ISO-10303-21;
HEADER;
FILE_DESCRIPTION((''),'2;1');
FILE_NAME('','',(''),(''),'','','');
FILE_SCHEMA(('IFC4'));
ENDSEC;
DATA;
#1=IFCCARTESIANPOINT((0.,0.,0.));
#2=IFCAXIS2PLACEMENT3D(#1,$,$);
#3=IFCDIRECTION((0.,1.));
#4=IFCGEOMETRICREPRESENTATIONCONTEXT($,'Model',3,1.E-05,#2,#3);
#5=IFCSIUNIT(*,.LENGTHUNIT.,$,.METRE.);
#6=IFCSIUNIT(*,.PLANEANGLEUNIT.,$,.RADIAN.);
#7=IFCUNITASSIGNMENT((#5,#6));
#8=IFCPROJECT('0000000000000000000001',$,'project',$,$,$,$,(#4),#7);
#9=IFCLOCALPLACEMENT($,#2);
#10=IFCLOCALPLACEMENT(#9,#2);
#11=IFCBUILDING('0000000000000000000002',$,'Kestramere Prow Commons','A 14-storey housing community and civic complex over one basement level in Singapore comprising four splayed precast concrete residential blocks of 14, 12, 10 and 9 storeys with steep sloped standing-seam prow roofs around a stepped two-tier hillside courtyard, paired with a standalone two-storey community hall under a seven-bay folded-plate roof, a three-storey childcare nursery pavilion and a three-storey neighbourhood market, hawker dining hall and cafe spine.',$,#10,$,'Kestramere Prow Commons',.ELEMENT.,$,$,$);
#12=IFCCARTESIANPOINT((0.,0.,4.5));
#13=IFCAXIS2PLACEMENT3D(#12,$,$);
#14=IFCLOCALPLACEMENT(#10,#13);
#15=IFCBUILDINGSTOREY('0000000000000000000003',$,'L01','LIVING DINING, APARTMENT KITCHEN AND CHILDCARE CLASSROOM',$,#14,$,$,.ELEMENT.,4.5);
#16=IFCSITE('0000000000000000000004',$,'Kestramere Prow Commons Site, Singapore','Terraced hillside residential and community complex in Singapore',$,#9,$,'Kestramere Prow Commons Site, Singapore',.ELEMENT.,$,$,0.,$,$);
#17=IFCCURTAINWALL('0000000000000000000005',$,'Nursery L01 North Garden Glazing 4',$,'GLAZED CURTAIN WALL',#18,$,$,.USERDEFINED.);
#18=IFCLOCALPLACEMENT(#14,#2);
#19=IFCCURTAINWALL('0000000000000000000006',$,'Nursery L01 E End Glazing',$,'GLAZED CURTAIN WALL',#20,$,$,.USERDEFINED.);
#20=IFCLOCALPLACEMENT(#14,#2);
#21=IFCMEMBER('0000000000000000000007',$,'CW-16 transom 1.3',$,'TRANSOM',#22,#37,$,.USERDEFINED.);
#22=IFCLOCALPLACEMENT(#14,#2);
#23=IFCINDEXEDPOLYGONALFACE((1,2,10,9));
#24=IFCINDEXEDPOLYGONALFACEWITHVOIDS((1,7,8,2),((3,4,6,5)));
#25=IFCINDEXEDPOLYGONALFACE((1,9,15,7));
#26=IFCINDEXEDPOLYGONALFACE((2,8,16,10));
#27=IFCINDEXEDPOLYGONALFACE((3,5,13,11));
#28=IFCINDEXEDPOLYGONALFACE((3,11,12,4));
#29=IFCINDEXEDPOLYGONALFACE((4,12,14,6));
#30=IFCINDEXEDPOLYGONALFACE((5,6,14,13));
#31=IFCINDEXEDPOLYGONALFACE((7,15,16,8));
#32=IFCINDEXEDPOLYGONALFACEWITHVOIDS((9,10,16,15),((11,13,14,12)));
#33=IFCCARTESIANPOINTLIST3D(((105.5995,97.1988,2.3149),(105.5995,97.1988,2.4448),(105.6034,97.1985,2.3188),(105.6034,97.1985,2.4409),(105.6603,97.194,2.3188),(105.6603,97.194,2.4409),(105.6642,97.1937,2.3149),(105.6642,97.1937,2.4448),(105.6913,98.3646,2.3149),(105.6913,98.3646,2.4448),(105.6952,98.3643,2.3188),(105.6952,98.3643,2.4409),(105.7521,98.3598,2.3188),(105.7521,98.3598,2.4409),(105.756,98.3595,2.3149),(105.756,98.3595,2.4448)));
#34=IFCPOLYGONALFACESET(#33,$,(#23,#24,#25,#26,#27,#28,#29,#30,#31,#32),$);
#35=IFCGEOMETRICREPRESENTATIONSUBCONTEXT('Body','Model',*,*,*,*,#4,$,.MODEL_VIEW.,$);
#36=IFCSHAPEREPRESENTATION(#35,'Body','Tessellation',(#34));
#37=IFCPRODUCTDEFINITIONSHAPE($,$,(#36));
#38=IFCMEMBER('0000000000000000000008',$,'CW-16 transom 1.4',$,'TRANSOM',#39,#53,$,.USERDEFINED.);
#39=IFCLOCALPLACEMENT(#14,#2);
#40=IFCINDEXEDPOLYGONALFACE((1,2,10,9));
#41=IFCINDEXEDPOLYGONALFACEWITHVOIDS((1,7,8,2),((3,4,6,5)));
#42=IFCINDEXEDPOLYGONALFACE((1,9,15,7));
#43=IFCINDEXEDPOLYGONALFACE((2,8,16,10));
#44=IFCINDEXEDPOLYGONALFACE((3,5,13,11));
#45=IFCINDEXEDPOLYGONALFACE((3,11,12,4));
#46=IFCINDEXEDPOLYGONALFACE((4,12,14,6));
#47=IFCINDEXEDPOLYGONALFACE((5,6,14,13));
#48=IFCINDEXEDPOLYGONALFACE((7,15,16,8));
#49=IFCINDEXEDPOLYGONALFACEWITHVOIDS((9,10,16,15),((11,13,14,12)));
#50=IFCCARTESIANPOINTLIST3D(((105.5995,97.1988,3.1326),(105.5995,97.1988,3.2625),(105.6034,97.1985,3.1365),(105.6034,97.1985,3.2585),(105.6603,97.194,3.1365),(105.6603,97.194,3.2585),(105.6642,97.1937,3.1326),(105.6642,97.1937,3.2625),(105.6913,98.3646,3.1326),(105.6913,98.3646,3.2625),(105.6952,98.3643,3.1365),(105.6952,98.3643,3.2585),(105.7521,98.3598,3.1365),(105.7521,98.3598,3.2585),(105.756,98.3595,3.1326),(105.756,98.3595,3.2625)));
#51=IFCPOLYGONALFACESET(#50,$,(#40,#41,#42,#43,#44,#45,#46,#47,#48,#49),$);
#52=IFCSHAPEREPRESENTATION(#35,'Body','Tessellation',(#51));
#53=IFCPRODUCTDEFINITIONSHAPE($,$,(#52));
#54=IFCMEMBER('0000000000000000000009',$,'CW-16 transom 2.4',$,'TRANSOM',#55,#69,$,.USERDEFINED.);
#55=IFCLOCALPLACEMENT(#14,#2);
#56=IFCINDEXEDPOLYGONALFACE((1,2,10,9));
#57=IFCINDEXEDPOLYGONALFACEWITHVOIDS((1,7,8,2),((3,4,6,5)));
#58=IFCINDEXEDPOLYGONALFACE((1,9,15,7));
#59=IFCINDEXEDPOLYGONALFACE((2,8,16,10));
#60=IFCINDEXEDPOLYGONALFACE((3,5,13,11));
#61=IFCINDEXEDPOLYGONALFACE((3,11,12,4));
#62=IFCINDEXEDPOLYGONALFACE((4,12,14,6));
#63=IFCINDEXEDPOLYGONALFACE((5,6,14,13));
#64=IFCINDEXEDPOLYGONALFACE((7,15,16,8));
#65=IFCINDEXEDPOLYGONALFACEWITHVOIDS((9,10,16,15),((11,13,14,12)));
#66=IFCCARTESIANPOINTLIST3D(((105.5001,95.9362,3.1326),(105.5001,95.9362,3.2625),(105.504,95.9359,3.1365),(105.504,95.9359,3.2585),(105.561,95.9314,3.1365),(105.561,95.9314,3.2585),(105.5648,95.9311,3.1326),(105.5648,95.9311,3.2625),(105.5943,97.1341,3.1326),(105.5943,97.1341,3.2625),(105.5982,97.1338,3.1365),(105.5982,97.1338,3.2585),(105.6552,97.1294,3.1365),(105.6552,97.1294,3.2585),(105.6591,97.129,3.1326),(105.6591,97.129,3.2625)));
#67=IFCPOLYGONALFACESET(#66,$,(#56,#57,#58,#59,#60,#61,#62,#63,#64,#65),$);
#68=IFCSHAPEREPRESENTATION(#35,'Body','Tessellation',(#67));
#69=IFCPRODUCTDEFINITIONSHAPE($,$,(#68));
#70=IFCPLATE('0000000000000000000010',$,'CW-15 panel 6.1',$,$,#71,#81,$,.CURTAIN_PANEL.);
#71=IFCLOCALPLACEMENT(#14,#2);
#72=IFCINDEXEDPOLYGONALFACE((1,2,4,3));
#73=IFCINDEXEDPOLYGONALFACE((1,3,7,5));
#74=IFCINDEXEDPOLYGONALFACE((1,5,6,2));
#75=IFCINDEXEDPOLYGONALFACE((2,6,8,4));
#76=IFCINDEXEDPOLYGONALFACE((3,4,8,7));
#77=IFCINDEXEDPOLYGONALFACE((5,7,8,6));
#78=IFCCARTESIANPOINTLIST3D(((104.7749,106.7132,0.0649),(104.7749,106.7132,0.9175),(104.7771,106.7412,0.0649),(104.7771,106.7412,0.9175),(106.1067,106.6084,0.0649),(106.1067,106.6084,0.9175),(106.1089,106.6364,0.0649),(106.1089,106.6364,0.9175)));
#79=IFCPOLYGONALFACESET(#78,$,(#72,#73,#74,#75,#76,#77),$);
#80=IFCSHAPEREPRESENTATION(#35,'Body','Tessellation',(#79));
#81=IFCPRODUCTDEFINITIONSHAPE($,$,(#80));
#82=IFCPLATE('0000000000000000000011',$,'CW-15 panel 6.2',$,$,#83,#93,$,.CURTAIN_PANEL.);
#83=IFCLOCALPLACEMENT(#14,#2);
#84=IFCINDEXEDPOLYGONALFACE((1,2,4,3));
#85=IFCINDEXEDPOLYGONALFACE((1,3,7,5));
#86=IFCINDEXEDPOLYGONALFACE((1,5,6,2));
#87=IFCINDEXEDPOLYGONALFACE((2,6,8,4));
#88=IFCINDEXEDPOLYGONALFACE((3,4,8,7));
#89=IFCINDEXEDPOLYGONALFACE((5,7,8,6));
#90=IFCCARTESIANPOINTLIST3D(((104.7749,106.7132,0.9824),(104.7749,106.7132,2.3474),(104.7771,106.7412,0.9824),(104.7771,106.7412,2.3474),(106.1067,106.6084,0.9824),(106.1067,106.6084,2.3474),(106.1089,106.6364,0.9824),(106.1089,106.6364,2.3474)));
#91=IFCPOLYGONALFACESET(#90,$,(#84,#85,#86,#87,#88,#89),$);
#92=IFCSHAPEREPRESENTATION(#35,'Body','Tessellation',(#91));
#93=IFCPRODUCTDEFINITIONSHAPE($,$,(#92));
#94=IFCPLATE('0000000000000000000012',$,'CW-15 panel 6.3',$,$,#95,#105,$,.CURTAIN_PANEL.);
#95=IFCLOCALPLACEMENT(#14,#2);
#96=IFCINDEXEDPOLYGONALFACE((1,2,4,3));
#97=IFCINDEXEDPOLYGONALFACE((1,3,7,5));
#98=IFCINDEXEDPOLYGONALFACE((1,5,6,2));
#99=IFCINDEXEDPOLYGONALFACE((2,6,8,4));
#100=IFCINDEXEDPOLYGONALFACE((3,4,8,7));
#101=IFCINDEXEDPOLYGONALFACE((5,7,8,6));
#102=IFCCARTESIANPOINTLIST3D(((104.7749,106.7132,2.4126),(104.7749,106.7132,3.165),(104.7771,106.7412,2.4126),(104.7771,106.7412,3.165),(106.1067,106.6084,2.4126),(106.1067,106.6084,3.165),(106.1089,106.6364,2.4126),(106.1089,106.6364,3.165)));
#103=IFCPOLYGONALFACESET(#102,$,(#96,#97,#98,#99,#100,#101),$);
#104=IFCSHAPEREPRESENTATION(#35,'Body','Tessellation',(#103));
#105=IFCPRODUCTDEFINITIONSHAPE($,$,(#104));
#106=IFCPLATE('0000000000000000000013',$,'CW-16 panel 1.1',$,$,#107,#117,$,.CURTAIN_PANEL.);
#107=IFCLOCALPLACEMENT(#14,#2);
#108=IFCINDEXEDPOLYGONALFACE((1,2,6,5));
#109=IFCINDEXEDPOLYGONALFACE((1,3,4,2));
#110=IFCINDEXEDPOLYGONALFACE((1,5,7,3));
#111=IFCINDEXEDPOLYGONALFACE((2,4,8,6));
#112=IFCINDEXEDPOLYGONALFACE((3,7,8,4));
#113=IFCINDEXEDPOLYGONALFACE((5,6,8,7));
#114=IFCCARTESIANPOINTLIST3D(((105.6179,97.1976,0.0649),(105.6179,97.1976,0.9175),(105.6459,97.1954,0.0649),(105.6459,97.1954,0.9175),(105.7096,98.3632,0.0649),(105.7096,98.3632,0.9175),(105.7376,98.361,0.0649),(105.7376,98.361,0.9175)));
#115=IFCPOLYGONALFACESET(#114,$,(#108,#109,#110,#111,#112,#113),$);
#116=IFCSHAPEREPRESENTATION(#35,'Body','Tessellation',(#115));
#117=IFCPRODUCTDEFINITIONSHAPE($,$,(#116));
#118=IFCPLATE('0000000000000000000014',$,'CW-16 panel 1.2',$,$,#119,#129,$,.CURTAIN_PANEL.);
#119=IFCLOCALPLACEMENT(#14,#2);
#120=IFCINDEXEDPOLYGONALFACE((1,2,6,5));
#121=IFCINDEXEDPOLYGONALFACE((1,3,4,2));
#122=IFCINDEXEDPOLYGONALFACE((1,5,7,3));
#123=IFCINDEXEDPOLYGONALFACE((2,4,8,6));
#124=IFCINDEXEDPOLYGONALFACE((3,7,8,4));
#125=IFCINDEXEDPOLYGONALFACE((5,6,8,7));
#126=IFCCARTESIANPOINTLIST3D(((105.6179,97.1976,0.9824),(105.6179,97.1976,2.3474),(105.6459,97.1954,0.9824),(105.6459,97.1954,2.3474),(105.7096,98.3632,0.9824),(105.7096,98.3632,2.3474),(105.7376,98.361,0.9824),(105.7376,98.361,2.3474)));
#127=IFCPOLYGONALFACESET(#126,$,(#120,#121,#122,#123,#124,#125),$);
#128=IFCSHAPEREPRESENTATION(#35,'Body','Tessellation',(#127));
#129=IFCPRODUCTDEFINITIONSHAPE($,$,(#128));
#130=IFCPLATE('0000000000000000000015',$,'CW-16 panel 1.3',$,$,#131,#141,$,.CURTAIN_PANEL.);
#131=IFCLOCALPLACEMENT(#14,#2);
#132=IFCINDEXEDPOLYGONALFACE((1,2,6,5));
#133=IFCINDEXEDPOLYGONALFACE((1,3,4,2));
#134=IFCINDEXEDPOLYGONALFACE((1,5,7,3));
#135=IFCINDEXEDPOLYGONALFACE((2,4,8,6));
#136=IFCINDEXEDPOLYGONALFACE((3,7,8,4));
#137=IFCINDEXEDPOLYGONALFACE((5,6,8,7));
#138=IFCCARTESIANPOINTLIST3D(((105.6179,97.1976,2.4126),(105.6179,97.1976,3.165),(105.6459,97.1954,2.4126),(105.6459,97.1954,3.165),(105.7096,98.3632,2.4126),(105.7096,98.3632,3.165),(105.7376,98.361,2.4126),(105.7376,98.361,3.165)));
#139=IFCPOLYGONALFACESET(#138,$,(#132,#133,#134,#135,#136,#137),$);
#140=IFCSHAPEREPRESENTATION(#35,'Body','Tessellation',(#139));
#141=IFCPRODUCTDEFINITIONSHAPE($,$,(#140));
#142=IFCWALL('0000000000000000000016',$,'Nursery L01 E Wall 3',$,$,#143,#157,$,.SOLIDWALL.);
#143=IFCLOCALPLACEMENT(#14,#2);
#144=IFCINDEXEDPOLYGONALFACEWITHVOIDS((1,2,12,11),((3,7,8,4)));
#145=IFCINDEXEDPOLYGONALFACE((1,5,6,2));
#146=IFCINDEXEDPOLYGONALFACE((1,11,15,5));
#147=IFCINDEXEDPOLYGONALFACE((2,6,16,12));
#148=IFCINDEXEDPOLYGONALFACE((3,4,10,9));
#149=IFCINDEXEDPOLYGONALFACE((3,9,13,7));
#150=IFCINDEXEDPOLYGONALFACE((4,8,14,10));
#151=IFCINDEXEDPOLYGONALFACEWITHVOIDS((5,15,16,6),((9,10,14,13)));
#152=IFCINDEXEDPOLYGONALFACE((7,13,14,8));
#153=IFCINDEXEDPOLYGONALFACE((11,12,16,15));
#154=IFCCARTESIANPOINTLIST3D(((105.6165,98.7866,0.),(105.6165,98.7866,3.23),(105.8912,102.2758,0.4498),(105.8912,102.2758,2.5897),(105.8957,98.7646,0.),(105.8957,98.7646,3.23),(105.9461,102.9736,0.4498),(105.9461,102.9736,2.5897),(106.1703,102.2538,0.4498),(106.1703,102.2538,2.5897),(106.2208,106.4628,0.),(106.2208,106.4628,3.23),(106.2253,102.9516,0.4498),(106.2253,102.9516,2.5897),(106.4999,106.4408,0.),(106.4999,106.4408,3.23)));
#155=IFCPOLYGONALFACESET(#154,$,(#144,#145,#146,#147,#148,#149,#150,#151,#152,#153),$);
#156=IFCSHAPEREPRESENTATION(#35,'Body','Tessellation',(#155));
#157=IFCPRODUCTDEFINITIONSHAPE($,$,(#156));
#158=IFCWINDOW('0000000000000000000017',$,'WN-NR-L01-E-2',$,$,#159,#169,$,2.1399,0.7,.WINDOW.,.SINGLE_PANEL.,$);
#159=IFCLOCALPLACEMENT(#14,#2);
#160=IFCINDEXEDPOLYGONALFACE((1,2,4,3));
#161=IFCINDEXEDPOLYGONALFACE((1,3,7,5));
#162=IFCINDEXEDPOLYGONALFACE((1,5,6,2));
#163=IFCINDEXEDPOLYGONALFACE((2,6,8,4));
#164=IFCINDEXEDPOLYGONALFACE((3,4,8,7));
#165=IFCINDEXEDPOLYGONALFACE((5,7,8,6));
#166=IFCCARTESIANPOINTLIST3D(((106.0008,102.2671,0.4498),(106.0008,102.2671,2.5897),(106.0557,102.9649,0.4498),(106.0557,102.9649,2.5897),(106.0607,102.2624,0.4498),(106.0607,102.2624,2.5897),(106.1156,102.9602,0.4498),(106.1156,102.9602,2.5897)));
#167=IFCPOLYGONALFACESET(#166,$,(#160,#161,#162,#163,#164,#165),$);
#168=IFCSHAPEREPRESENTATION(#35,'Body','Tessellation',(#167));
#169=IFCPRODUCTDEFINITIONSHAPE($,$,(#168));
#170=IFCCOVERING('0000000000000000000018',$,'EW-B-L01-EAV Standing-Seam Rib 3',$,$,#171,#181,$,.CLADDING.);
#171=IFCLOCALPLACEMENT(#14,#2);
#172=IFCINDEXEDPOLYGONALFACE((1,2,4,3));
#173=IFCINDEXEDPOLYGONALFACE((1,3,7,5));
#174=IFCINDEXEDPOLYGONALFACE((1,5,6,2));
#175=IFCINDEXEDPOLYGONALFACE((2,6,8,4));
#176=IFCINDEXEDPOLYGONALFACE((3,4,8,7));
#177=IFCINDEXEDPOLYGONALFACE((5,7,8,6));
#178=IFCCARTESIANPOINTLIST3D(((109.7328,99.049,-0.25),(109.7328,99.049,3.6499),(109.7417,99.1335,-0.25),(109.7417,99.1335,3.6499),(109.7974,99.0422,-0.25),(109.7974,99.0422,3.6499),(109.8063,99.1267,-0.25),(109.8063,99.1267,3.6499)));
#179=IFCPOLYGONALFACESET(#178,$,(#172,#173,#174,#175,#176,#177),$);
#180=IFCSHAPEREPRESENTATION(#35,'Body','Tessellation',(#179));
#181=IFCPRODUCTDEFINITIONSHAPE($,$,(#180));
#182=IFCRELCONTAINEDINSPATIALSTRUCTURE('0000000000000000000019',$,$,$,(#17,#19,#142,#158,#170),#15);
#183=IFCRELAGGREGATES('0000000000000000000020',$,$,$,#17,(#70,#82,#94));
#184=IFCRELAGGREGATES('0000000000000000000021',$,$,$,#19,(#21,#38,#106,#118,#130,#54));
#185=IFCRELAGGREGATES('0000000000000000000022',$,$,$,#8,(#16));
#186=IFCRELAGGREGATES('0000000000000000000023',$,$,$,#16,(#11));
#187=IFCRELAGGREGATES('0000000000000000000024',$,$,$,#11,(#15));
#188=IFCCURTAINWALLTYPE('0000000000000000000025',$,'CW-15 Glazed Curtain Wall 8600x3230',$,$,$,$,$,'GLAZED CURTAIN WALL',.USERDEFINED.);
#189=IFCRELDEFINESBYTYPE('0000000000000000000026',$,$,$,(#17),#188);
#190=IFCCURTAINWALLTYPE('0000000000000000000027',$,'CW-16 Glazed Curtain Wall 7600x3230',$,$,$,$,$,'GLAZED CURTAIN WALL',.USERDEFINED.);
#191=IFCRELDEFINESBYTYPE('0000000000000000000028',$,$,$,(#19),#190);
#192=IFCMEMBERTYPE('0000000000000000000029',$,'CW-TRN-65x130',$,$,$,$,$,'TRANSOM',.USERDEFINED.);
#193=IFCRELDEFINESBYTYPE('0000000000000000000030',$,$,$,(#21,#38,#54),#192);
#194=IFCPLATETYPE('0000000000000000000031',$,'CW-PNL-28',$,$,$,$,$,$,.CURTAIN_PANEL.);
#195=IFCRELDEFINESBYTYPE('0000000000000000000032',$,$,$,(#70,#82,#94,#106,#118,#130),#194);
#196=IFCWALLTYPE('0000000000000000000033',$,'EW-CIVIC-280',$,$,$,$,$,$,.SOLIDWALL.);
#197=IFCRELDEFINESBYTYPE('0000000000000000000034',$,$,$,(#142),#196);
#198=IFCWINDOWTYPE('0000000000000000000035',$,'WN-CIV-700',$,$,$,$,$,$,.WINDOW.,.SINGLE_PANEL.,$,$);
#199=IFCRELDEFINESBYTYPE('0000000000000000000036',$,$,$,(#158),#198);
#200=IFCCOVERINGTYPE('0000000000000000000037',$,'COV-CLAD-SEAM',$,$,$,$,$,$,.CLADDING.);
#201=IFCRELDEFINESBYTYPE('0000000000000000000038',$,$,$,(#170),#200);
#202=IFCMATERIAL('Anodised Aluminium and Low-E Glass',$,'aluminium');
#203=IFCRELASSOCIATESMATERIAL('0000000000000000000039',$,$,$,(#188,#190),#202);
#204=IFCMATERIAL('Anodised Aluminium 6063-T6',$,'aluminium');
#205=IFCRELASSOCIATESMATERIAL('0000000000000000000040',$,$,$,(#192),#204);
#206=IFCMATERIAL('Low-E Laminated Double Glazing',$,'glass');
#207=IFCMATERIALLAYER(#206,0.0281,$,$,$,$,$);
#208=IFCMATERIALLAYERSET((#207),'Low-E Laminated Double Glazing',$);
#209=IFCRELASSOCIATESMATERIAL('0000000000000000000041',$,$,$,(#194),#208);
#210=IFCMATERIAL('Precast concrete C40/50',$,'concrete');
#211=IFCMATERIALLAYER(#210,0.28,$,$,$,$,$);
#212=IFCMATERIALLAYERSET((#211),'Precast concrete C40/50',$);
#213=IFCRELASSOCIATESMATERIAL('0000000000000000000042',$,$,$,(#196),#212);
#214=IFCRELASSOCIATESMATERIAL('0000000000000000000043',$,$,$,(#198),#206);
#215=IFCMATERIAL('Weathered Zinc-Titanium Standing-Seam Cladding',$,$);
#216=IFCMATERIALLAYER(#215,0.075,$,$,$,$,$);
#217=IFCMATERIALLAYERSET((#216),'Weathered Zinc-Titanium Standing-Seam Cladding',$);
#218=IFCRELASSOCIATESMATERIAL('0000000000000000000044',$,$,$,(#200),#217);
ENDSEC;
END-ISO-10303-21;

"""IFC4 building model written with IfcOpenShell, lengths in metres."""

from ifc_helpers import new_model, si_unit, direction, frame, frame_2d, origin, origin_2d, place, context, subcontext, project, spatial, rectangle, hollow_rectangle, extrude, material, layer, layer_set, material_profile, profile_set, type_object, element, fill, aggregate, save


model = new_model("IFC4")

# Units and contexts
model_context = context("Model", 3, precision=1e-05, world=origin(), true_north=direction((0.0, 1.0)))
body_context = subcontext(model_context, "Body", "Model", "MODEL_VIEW")
ifc_project = project(units=[si_unit("LENGTHUNIT", "METRE"), si_unit("PLANEANGLEUNIT", "RADIAN")], contexts=[model_context])

# Site, building, storey
site_placement = place(None, origin())
site = spatial("IfcSite", under=ifc_project, at=site_placement, Name="Kestramere Prow Commons Site, Singapore", Description="Terraced hillside residential and community complex in Singapore", LongName="Kestramere Prow Commons Site, Singapore", CompositionType="ELEMENT", RefElevation=0.0)
building_placement = place(site_placement, origin())
building = spatial("IfcBuilding", under=site, at=building_placement, Name="Kestramere Prow Commons", Description="A 14-storey housing community and civic complex over one basement level in Singapore comprising four splayed precast concrete residential blocks of 14, 12, 10 and 9 storeys with steep sloped standing-seam prow roofs around a stepped two-tier hillside courtyard, paired with a standalone two-storey community hall under a seven-bay folded-plate roof, a three-storey childcare nursery pavilion and a three-storey neighbourhood market, hawker dining hall and cafe spine.", LongName="Kestramere Prow Commons", CompositionType="ELEMENT")
storey_placement = place(building_placement, frame((0.0, 0.0, 4.5)))
storey = spatial("IfcBuildingStorey", under=building, at=storey_placement, Name="L01", Description="LIVING DINING, APARTMENT KITCHEN AND CHILDCARE CLASSROOM", CompositionType="ELEMENT", Elevation=4.5)

# Curtain wall
ifc_material_1 = material(Name="Anodised Aluminium and Low-E Glass", Category="aluminium")
curtain_wall_type_1 = type_object("IfcCurtainWallType", Name="CW-15 Glazed Curtain Wall 8600x3230", ElementType="GLAZED CURTAIN WALL", PredefinedType="USERDEFINED", material=ifc_material_1)
curtain_wall_1_placement = place(storey_placement, origin())
curtain_wall_1 = element("IfcCurtainWall", 1, at=curtain_wall_1_placement, inside=storey, type_object=curtain_wall_type_1, Name="Nursery L01 North Garden Glazing 4", ObjectType="GLAZED CURTAIN WALL", PredefinedType="USERDEFINED")
ifc_material_2 = material(Name="Anodised Aluminium 6063-T6", Category="aluminium")

# Curtain wall
curtain_wall_type_2 = type_object("IfcCurtainWallType", Name="CW-16 Glazed Curtain Wall 7600x3230", ElementType="GLAZED CURTAIN WALL", PredefinedType="USERDEFINED", material=ifc_material_1)
curtain_wall_2_placement = place(storey_placement, origin())
curtain_wall_2 = element("IfcCurtainWall", 2, at=curtain_wall_2_placement, inside=storey, type_object=curtain_wall_type_2, Name="Nursery L01 E End Glazing", ObjectType="GLAZED CURTAIN WALL", PredefinedType="USERDEFINED")

# Members
ifc_material_profile_1 = material_profile(ifc_material_2, hollow_rectangle(XDim=0.0649, YDim=0.1299, WallThickness=0.0039, at=origin_2d()), Name="ALU-TRN 65x130")
ifc_profile_set_1 = profile_set([ifc_material_profile_1], Name="Anodised Aluminium 6063-T6")
member_type_1 = type_object("IfcMemberType", Name="CW-TRN-65x130", ElementType="TRANSOM", PredefinedType="USERDEFINED", material=ifc_profile_set_1)
member_1_placement = place(storey_placement, frame((105.7236, 98.3621, 2.3799), z_axis=(-0.0785, -0.996914, 0.0), x_axis=(0.996914, -0.0785, 0.0)))
member_1 = element("IfcMember", 3, at=member_1_placement, type_object=member_type_1, Name="CW-16 transom 1.3", ObjectType="TRANSOM", PredefinedType="USERDEFINED", context=body_context, shape_type="SweptSolid", body=[
    extrude(hollow_rectangle(XDim=0.0649, YDim=0.1299, WallThickness=0.0039, at=origin_2d()), origin(), (0.0, 0.0, 1.0), 1.1694),
])
member_2_placement = place(storey_placement, frame((105.7236, 98.3621, 3.1975), z_axis=(-0.0785, -0.996914, 0.0), x_axis=(0.996914, -0.0785, 0.0)))
member_2 = element("IfcMember", 4, at=member_2_placement, type_object=member_type_1, Name="CW-16 transom 1.4", ObjectType="TRANSOM", PredefinedType="USERDEFINED", context=body_context, shape_type="SweptSolid", body=[
    extrude(hollow_rectangle(XDim=0.0649, YDim=0.1299, WallThickness=0.0039, at=origin_2d()), origin(), (0.0, 0.0, 1.0), 1.1694),
])
member_3_placement = place(storey_placement, frame((105.6267, 97.1316, 3.1975), z_axis=(-0.078421, -0.99692, 0.0), x_axis=(0.99692, -0.078421, 0.0)))
member_3 = element("IfcMember", 5, at=member_3_placement, type_object=member_type_1, Name="CW-16 transom 2.4", ObjectType="TRANSOM", PredefinedType="USERDEFINED", context=body_context, shape_type="SweptSolid", body=[
    extrude(hollow_rectangle(XDim=0.0649, YDim=0.1299, WallThickness=0.0039, at=origin_2d()), origin(), (0.0, 0.0, 1.0), 1.2017),
])

# Plates
ifc_material_3 = material(Name="Low-E Laminated Double Glazing", Category="glass")
ifc_layer_1 = layer(ifc_material_3, 0.0281)
ifc_layer_set_1 = layer_set([ifc_layer_1], Name="Low-E Laminated Double Glazing")
plate_type = type_object("IfcPlateType", Name="CW-PNL-28", PredefinedType="CURTAIN_PANEL", material=ifc_layer_set_1)
plate_1_placement = place(storey_placement, frame((105.4419, 106.6748, 0.0649), z_axis=(0.0, 0.0, 1.0), x_axis=(0.996917, -0.078459, 0.0)))
plate_1 = element("IfcPlate", 6, at=plate_1_placement, type_object=plate_type, Name="CW-15 panel 6.1", PredefinedType="CURTAIN_PANEL", context=body_context, shape_type="SweptSolid", body=[
    extrude(rectangle(XDim=1.3359, YDim=0.0281, at=origin_2d()), origin(), (0.0, 0.0, 1.0), 0.8525),
])
plate_2_placement = place(storey_placement, frame((105.4419, 106.6748, 0.9824), z_axis=(0.0, 0.0, 1.0), x_axis=(0.996917, -0.078459, 0.0)))
plate_2 = element("IfcPlate", 7, at=plate_2_placement, type_object=plate_type, Name="CW-15 panel 6.2", PredefinedType="CURTAIN_PANEL", context=body_context, shape_type="SweptSolid", body=[
    extrude(rectangle(XDim=1.3359, YDim=0.0281, at=origin_2d()), origin(), (0.0, 0.0, 1.0), 1.365),
])
plate_3_placement = place(storey_placement, frame((105.4419, 106.6748, 2.4126), z_axis=(0.0, 0.0, 1.0), x_axis=(0.996917, -0.078459, 0.0)))
plate_3 = element("IfcPlate", 8, at=plate_3_placement, type_object=plate_type, Name="CW-15 panel 6.3", PredefinedType="CURTAIN_PANEL", context=body_context, shape_type="SweptSolid", body=[
    extrude(rectangle(XDim=1.3359, YDim=0.0281, at=origin_2d()), origin(), (0.0, 0.0, 1.0), 0.7524),
])
aggregate(curtain_wall_1, [plate_1, plate_2, plate_3])
plate_4_placement = place(storey_placement, frame((105.6777, 97.7793, 0.0649), z_axis=(0.0, 0.0, 1.0), x_axis=(-0.078459, -0.996917, 0.0)))
plate_4 = element("IfcPlate", 9, at=plate_4_placement, type_object=plate_type, Name="CW-16 panel 1.1", PredefinedType="CURTAIN_PANEL", context=body_context, shape_type="SweptSolid", body=[
    extrude(rectangle(XDim=1.1692, YDim=0.0281, at=origin_2d()), origin(), (0.0, 0.0, 1.0), 0.8525),
])
plate_5_placement = place(storey_placement, frame((105.6777, 97.7793, 0.9824), z_axis=(0.0, 0.0, 1.0), x_axis=(-0.078459, -0.996917, 0.0)))
plate_5 = element("IfcPlate", 10, at=plate_5_placement, type_object=plate_type, Name="CW-16 panel 1.2", PredefinedType="CURTAIN_PANEL", context=body_context, shape_type="SweptSolid", body=[
    extrude(rectangle(XDim=1.1692, YDim=0.0281, at=origin_2d()), origin(), (0.0, 0.0, 1.0), 1.365),
])
plate_6_placement = place(storey_placement, frame((105.6777, 97.7793, 2.4126), z_axis=(0.0, 0.0, 1.0), x_axis=(-0.078459, -0.996917, 0.0)))
plate_6 = element("IfcPlate", 11, at=plate_6_placement, type_object=plate_type, Name="CW-16 panel 1.3", PredefinedType="CURTAIN_PANEL", context=body_context, shape_type="SweptSolid", body=[
    extrude(rectangle(XDim=1.1692, YDim=0.0281, at=origin_2d()), origin(), (0.0, 0.0, 1.0), 0.7524),
])
aggregate(curtain_wall_2, [member_1, member_2, plate_4, plate_5, plate_6, member_3])

# Wall, opening, window
ifc_material_4 = material(Name="Precast concrete C40/50", Category="concrete")
ifc_layer_2 = layer(ifc_material_4, 0.28)
ifc_layer_set_2 = layer_set([ifc_layer_2], Name="Precast concrete C40/50")
wall_type = type_object("IfcWallType", Name="EW-CIVIC-280", PredefinedType="SOLIDWALL", material=ifc_layer_set_2)
wall_placement = place(storey_placement, frame((106.3604, 106.4519, 0.0), z_axis=(0.0, 0.0, 1.0), x_axis=(-0.078474, -0.996916, 0.0)))
wall = element("IfcWall", 12, at=wall_placement, inside=storey, type_object=wall_type, Name="Nursery L01 E Wall 3", PredefinedType="SOLIDWALL", context=body_context, shape_type="SweptSolid", body=[
    extrude(rectangle(XDim=7.7, YDim=0.28, at=frame_2d((3.8501, 0.0))), origin(), (0.0, 0.0, 1.0), 3.23),
])
opening_placement = place(wall_placement, frame((3.5, 0.0, 0.45)))
opening = element("IfcOpeningElement", 13, at=opening_placement, cuts=wall, PredefinedType="OPENING", context=body_context, shape_type="SweptSolid", body=[
    extrude(rectangle(XDim=0.7, YDim=2.1399, at=frame_2d((0.3501, 1.0698))), frame((0.0, 0.155, 0.0), z_axis=(0.0, -1.0, 0.0), x_axis=(1.0, 0.0, 0.0)), (0.0, 0.0, 1.0), 0.3101),
])
window_type = type_object("IfcWindowType", Name="WN-CIV-700", PartitioningType="SINGLE_PANEL", PredefinedType="WINDOW", material=ifc_material_3)
window_placement = place(opening_placement, origin())
window = element("IfcWindow", 14, at=window_placement, inside=storey, type_object=window_type, Name="WN-NR-L01-E-2", OverallHeight=2.1399, OverallWidth=0.7, PartitioningType="SINGLE_PANEL", PredefinedType="WINDOW", context=body_context, shape_type="SweptSolid", body=[
    extrude(rectangle(XDim=0.7, YDim=2.1399, at=frame_2d((0.3501, 1.0698))), frame((0.0, 0.03, 0.0), z_axis=(0.0, -1.0, 0.0), x_axis=(1.0, 0.0, 0.0)), (0.0, 0.0, 1.0), 0.0601),
])
fill(opening, window)

# Covering
ifc_material_5 = material(Name="Weathered Zinc-Titanium Standing-Seam Cladding")
ifc_layer_3 = layer(ifc_material_5, 0.075)
ifc_layer_set_3 = layer_set([ifc_layer_3], Name="Weathered Zinc-Titanium Standing-Seam Cladding")
covering_type = type_object("IfcCoveringType", Name="COV-CLAD-SEAM", PredefinedType="CLADDING", material=ifc_layer_set_3)
for number, where, z_axis, x_axis, name in (
    (15, (109.7695, 99.0879, -0.25), (0.0, 0.0, 1.0), (0.104528, 0.994522, 0.0), "EW-B-L01-EAV Standing-Seam Rib 3"),
):
    element("IfcCovering", number, at=place(storey_placement, frame(where, z_axis=z_axis, x_axis=x_axis)), inside=storey, type_object=covering_type, Name=name, PredefinedType="CLADDING", context=body_context, shape_type="SweptSolid", body=[
        extrude(rectangle(XDim=0.085, YDim=0.0649, at=origin_2d()), origin(), (0.0, 0.0, 1.0), 3.8999),
    ])

save(model, "model.ifc")
